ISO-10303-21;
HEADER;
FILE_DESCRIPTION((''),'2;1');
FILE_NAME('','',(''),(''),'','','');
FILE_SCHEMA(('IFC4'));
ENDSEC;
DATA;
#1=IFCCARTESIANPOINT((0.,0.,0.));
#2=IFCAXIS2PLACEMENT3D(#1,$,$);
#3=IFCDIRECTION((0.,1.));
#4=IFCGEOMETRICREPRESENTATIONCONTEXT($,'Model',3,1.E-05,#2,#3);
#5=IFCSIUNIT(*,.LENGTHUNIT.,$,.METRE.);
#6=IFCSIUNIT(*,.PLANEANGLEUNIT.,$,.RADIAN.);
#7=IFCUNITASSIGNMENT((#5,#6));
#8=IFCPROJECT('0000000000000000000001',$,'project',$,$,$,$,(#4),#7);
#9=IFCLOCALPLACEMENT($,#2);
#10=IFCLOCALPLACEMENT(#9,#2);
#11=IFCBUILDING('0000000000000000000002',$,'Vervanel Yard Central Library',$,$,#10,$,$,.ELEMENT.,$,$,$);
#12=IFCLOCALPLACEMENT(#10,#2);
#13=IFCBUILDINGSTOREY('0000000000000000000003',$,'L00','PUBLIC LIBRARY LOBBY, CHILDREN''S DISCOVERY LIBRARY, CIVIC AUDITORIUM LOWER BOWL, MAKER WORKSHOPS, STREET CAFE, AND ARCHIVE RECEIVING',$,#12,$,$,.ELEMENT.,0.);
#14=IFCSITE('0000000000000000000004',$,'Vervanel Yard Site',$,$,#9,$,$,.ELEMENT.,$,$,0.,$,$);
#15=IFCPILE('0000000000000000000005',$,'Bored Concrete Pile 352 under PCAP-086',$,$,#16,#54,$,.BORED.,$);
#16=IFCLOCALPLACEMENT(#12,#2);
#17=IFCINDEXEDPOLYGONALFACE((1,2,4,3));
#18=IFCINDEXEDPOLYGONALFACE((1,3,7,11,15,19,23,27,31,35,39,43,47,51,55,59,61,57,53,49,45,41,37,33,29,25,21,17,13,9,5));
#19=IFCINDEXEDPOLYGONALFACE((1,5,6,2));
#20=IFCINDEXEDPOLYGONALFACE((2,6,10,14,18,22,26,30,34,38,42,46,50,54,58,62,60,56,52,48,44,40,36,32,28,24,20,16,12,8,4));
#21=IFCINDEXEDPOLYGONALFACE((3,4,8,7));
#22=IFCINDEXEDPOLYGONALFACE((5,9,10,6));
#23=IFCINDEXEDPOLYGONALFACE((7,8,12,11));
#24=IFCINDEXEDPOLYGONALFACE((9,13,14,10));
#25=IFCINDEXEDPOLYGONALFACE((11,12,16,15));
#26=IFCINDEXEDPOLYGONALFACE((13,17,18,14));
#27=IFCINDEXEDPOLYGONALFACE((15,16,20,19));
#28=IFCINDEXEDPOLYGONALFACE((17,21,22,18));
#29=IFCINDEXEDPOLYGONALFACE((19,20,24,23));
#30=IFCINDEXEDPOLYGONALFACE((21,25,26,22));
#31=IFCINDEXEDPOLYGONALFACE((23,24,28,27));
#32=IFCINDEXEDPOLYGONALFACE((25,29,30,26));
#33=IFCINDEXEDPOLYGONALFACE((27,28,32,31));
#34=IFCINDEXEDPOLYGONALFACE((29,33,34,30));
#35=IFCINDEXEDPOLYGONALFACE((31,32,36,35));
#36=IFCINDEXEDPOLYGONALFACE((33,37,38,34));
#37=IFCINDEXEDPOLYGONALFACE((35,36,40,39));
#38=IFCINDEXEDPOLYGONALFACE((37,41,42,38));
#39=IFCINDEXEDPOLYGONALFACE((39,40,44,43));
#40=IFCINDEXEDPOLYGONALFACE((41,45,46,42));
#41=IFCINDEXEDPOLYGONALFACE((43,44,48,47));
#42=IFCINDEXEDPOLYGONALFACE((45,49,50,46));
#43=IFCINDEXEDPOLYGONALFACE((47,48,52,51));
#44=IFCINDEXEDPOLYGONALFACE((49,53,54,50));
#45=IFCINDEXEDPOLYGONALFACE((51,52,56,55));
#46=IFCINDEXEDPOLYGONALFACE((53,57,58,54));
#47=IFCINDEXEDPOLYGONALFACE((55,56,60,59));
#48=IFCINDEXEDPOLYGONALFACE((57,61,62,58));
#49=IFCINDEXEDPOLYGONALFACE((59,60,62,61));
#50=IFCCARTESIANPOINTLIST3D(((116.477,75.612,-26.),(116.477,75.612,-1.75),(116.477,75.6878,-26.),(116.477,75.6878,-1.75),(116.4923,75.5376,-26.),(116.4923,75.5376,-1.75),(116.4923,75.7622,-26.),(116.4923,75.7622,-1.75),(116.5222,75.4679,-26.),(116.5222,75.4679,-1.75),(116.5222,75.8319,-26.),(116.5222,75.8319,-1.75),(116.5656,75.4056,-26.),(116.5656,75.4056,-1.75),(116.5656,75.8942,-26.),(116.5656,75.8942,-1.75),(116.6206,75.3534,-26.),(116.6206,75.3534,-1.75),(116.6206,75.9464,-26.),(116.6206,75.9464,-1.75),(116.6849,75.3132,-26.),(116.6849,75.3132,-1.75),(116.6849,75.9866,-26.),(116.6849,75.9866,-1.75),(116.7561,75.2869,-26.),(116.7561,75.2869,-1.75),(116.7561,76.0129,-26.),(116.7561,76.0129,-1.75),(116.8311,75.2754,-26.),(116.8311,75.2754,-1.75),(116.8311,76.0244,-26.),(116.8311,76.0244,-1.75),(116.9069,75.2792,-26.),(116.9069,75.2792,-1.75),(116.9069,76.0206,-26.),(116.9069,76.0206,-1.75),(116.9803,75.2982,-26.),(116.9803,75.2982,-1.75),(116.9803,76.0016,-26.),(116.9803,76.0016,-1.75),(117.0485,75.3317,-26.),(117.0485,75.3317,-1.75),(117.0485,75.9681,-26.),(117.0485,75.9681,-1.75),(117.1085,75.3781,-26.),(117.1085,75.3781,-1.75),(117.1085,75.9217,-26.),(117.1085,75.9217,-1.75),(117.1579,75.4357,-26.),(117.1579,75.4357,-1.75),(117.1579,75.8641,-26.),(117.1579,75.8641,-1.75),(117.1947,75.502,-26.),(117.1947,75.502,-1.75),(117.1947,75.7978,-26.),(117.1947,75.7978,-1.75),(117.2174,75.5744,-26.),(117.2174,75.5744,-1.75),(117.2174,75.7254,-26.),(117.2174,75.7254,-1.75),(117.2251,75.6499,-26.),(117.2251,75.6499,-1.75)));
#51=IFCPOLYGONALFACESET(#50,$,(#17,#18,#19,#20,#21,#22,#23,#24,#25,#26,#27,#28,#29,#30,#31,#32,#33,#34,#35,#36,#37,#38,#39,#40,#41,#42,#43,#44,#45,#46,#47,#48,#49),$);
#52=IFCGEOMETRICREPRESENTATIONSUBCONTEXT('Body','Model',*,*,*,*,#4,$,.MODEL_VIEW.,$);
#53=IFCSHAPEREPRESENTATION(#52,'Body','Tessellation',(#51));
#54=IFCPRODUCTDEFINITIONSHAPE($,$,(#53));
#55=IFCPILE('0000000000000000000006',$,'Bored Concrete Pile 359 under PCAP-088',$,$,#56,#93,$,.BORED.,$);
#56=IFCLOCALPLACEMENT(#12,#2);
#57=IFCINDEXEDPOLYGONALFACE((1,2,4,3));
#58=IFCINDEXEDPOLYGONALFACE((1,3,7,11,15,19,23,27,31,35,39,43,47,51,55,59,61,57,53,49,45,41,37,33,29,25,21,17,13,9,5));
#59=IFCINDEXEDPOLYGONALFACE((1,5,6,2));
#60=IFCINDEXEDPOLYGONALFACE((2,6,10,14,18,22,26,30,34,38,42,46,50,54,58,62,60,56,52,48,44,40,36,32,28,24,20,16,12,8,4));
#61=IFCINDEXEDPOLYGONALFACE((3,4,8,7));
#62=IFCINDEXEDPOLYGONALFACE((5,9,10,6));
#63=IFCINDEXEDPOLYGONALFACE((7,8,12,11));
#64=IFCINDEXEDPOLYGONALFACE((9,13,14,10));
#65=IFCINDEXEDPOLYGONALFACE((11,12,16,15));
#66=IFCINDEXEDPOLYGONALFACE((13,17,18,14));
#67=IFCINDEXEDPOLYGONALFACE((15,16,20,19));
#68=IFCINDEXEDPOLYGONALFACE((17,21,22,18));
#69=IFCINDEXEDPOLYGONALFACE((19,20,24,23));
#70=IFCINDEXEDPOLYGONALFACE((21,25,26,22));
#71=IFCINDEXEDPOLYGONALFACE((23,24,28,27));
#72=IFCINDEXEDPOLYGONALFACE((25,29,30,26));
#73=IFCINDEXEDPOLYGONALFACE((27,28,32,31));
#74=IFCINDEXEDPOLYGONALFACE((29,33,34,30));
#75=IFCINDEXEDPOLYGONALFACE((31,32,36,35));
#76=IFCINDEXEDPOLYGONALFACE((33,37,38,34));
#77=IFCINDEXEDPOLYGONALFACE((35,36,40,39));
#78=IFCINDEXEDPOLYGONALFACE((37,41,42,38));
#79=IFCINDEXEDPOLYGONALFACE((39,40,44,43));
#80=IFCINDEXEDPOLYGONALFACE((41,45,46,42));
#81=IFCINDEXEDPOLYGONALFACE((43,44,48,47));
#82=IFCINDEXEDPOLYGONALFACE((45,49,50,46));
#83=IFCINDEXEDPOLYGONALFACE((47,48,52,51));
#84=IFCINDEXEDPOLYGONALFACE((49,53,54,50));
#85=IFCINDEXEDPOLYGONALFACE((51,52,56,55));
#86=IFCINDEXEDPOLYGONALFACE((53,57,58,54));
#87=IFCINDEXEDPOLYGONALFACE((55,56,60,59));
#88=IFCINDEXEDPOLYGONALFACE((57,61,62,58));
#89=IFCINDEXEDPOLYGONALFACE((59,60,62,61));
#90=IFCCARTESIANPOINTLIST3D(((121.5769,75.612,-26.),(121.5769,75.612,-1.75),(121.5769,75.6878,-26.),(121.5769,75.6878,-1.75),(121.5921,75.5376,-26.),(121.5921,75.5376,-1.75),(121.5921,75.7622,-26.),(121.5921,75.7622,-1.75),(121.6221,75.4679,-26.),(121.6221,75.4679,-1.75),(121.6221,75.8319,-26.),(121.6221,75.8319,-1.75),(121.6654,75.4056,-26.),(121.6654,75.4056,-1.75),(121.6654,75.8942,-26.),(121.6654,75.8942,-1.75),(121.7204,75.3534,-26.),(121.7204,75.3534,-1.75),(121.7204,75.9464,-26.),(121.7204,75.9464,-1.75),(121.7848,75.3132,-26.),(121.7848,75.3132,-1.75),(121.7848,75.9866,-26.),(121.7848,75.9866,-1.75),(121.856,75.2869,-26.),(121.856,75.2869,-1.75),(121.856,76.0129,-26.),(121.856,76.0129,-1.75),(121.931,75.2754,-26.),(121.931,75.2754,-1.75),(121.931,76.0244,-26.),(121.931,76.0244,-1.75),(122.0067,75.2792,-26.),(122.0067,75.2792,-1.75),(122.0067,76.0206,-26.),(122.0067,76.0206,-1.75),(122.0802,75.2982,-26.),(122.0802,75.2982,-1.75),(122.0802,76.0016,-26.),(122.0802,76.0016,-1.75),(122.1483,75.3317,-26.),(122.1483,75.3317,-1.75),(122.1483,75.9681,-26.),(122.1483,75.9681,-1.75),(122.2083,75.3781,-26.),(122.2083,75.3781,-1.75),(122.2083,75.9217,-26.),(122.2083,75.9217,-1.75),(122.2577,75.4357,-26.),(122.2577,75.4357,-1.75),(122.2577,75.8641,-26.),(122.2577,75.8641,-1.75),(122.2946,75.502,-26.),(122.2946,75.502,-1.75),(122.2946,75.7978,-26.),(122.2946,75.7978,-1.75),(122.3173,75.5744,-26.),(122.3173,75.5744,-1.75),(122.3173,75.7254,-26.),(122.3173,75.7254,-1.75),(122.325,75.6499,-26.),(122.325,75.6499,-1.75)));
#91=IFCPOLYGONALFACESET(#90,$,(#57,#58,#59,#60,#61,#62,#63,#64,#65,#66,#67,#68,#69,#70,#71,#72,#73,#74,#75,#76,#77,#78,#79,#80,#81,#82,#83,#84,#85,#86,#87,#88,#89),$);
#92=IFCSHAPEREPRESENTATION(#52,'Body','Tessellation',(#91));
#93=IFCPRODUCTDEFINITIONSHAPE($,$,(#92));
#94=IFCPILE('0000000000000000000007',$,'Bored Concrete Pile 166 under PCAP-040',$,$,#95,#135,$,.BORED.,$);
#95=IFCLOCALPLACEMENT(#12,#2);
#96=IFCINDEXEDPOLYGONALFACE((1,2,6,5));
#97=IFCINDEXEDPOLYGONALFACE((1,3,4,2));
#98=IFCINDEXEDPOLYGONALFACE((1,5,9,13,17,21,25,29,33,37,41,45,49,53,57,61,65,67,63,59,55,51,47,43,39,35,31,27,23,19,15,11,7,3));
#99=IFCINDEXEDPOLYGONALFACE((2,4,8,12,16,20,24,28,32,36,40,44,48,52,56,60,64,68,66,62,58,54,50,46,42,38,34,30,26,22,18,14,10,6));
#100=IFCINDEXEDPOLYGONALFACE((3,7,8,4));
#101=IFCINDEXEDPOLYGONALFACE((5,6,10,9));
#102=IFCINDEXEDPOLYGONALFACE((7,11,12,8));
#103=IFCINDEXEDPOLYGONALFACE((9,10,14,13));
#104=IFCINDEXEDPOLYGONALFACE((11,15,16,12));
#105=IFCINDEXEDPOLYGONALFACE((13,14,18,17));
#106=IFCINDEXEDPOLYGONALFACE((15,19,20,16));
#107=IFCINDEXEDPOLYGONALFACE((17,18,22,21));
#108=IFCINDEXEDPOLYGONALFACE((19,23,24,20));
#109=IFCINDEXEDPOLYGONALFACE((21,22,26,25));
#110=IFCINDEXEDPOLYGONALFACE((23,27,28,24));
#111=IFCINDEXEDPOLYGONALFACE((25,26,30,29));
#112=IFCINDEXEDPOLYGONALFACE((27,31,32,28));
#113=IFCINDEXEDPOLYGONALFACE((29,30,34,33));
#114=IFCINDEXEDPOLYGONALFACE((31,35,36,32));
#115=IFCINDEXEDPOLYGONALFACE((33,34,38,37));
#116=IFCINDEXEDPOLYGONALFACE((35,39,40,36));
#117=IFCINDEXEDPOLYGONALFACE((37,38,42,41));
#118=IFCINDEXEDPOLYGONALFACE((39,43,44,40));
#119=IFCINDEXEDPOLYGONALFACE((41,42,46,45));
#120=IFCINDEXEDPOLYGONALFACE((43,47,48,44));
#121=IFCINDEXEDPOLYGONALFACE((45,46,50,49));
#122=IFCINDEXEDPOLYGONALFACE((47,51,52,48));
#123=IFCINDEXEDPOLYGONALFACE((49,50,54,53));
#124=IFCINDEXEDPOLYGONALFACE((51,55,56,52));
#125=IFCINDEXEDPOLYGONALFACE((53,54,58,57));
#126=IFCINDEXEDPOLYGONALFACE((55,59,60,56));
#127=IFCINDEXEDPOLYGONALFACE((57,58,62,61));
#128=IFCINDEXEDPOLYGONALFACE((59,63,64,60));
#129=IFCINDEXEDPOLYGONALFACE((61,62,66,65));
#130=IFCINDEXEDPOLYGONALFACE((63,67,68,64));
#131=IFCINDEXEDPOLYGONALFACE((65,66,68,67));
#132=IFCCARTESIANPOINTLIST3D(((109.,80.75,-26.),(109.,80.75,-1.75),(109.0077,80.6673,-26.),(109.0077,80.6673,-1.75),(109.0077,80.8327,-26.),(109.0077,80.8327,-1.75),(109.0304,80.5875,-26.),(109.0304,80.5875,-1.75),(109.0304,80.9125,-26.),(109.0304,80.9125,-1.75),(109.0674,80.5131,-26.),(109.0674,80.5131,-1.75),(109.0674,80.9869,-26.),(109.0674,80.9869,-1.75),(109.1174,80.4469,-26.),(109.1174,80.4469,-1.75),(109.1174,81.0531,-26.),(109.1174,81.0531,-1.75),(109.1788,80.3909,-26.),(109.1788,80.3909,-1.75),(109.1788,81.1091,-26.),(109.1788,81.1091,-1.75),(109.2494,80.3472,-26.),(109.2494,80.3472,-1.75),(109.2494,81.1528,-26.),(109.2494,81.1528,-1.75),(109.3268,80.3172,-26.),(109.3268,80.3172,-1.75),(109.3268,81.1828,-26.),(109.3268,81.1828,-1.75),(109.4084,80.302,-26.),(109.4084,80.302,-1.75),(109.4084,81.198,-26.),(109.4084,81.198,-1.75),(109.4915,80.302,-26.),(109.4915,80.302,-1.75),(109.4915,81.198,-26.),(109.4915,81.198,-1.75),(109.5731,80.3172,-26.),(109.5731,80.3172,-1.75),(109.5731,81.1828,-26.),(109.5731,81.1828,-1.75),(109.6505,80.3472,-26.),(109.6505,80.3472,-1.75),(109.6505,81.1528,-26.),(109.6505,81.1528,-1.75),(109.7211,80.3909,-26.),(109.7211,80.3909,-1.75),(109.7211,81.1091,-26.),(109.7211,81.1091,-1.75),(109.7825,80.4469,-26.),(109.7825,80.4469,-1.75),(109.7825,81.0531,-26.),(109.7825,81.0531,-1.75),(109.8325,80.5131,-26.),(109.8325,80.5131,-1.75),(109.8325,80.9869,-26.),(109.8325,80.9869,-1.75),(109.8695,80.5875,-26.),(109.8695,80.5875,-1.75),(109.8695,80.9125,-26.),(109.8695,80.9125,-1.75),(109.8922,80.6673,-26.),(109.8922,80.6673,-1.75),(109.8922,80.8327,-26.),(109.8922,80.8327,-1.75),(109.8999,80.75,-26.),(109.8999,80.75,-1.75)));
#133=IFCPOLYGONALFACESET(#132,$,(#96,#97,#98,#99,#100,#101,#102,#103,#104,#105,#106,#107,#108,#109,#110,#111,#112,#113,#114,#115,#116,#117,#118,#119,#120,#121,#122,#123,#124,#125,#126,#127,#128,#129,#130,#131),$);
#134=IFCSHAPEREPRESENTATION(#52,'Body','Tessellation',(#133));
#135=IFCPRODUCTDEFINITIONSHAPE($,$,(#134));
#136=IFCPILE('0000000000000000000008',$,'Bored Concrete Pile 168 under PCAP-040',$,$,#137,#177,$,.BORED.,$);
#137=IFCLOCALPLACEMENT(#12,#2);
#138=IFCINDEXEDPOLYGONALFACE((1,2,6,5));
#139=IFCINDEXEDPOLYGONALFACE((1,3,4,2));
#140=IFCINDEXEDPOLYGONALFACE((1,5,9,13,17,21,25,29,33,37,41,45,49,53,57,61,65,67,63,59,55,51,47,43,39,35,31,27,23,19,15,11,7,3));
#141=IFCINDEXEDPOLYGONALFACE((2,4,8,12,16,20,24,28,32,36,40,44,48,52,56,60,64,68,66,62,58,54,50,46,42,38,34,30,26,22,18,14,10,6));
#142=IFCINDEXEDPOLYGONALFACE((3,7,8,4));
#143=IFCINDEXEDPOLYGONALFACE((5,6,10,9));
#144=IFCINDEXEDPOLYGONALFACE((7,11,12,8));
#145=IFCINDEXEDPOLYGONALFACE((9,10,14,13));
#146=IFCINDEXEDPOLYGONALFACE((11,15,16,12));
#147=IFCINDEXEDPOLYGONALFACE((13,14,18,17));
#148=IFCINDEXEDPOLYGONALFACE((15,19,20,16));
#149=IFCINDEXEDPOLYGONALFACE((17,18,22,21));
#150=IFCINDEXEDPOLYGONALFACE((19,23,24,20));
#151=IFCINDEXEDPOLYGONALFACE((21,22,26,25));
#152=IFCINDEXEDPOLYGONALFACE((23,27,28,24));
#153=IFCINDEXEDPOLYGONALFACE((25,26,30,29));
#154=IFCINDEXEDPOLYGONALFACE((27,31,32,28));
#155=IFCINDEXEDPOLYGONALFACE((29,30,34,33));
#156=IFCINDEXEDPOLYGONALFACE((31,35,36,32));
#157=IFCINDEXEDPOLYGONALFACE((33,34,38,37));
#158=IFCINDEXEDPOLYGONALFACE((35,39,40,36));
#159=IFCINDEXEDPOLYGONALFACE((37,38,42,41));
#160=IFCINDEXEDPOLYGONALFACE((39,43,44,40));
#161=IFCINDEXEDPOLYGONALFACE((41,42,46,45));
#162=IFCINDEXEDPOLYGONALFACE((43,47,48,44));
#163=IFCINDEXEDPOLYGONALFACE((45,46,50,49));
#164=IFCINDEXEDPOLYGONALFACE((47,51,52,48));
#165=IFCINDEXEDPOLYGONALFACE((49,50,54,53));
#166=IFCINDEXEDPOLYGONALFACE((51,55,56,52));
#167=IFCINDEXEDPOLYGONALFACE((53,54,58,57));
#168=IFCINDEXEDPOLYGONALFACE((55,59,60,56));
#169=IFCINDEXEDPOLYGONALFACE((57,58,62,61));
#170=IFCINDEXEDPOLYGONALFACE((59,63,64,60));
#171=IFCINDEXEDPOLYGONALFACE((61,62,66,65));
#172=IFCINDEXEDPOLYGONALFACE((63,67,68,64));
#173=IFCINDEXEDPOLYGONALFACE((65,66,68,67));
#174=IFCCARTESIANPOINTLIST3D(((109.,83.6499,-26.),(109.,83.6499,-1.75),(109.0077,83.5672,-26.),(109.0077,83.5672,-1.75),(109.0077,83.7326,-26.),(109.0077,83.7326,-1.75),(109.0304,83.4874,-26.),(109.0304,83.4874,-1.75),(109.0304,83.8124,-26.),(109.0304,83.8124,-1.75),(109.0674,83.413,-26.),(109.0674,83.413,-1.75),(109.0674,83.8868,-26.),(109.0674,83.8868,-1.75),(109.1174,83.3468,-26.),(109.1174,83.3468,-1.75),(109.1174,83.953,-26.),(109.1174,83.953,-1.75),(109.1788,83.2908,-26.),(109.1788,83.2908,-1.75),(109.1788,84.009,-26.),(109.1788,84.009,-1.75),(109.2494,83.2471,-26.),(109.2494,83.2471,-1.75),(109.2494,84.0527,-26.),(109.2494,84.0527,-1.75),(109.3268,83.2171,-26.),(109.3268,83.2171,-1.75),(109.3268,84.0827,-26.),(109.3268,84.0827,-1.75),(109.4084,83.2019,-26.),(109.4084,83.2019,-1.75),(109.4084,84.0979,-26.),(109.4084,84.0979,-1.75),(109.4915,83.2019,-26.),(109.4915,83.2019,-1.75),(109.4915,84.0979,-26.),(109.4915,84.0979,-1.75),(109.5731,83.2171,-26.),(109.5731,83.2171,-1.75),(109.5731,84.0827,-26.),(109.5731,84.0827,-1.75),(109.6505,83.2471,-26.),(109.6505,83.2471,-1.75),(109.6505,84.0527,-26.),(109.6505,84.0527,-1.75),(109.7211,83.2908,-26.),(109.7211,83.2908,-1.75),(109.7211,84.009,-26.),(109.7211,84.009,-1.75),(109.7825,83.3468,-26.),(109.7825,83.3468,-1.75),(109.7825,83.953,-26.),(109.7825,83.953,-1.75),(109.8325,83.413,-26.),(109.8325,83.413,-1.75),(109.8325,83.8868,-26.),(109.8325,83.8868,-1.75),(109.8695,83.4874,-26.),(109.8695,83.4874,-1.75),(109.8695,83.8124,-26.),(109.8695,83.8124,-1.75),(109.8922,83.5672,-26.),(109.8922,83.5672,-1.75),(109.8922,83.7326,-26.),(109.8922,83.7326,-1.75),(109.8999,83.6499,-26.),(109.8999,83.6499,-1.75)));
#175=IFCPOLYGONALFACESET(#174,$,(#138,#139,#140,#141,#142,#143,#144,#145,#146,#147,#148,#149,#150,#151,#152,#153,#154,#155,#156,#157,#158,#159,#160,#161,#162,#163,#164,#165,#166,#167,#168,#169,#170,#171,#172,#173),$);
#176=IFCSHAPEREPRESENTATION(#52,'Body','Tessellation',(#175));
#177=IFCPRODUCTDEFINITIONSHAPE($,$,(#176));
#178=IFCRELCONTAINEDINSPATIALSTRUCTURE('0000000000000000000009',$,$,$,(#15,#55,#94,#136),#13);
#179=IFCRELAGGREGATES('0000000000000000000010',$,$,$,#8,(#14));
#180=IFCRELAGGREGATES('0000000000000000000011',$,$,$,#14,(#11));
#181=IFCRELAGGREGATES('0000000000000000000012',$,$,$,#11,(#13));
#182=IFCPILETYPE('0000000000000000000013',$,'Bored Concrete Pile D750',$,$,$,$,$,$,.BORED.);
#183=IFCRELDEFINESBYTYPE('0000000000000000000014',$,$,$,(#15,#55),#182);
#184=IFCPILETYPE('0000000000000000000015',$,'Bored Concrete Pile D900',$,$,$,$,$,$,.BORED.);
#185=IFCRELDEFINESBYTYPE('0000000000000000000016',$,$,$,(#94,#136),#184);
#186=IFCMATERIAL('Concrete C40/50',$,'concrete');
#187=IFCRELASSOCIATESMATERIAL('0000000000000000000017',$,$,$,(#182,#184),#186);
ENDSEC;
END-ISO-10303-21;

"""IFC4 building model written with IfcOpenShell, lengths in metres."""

from ifc_helpers import new_model, si_unit, direction, frame, origin, origin_2d, place, context, subcontext, project, spatial, circle, extrude, material, material_profile, profile_set, type_object, element, save


model = new_model("IFC4")

# Units and contexts
model_context = context("Model", 3, precision=1e-05, world=origin(), true_north=direction((0.0, 1.0)))
body_context = subcontext(model_context, "Body", "Model", "MODEL_VIEW")
ifc_project = project(units=[si_unit("LENGTHUNIT", "METRE"), si_unit("PLANEANGLEUNIT", "RADIAN")], contexts=[model_context])

# Site, building, storey
site_placement = place(None, origin())
site = spatial("IfcSite", under=ifc_project, at=site_placement, Name="Vervanel Yard Site", CompositionType="ELEMENT", RefElevation=0.0)
building_placement = place(site_placement, origin())
building = spatial("IfcBuilding", under=site, at=building_placement, Name="Vervanel Yard Central Library", CompositionType="ELEMENT")
storey_placement = place(building_placement, origin())
storey = spatial("IfcBuildingStorey", under=building, at=storey_placement, Name="L00", Description="PUBLIC LIBRARY LOBBY, CHILDREN'S DISCOVERY LIBRARY, CIVIC AUDITORIUM LOWER BOWL, MAKER WORKSHOPS, STREET CAFE, AND ARCHIVE RECEIVING", CompositionType="ELEMENT", Elevation=0.0)

# Piles
ifc_material_1 = material(Name="Concrete C40/50", Category="concrete")
ifc_material_profile_1 = material_profile(ifc_material_1, circle(Radius=0.375, at=origin_2d()), Name="BP D750", Category="concrete")
ifc_profile_set_1 = profile_set([ifc_material_profile_1], Name="Concrete C40/50")
pile_type_1 = type_object("IfcPileType", Name="Bored Concrete Pile D750", PredefinedType="BORED", material=ifc_profile_set_1)
for number, where, z_axis, x_axis, name in (
    (1, (116.8501, 75.6499, -1.75), (0.0, 0.0, -1.0), (1.0, 0.0, 0.0), "Bored Concrete Pile 352 under PCAP-086"),
    (2, (121.95, 75.6499, -1.75), (0.0, 0.0, -1.0), (1.0, 0.0, 0.0), "Bored Concrete Pile 359 under PCAP-088"),
):
    element("IfcPile", number, at=place(storey_placement, frame(where, z_axis=z_axis, x_axis=x_axis)), inside=storey, type_object=pile_type_1, Name=name, PredefinedType="BORED", context=body_context, shape_type="SweptSolid", body=[
        extrude(circle(Radius=0.375, at=origin_2d()), origin(), (0.0, 0.0, 1.0), 24.25),
    ])
ifc_material_profile_2 = material_profile(ifc_material_1, circle(Radius=0.45, at=origin_2d()), Name="BP D900", Category="concrete")
ifc_profile_set_2 = profile_set([ifc_material_profile_2], Name="Concrete C40/50")
pile_type_2 = type_object("IfcPileType", Name="Bored Concrete Pile D900", PredefinedType="BORED", material=ifc_profile_set_2)
for number, where, z_axis, x_axis, name in (
    (3, (109.45, 80.75, -1.75), (0.0, 0.0, -1.0), (1.0, 0.0, 0.0), "Bored Concrete Pile 166 under PCAP-040"),
    (4, (109.45, 83.6499, -1.75), (0.0, 0.0, -1.0), (1.0, 0.0, 0.0), "Bored Concrete Pile 168 under PCAP-040"),
):
    element("IfcPile", number, at=place(storey_placement, frame(where, z_axis=z_axis, x_axis=x_axis)), inside=storey, type_object=pile_type_2, Name=name, PredefinedType="BORED", context=body_context, shape_type="SweptSolid", body=[
        extrude(circle(Radius=0.45, at=origin_2d()), origin(), (0.0, 0.0, 1.0), 24.25),
    ])

save(model, "model.ifc")
